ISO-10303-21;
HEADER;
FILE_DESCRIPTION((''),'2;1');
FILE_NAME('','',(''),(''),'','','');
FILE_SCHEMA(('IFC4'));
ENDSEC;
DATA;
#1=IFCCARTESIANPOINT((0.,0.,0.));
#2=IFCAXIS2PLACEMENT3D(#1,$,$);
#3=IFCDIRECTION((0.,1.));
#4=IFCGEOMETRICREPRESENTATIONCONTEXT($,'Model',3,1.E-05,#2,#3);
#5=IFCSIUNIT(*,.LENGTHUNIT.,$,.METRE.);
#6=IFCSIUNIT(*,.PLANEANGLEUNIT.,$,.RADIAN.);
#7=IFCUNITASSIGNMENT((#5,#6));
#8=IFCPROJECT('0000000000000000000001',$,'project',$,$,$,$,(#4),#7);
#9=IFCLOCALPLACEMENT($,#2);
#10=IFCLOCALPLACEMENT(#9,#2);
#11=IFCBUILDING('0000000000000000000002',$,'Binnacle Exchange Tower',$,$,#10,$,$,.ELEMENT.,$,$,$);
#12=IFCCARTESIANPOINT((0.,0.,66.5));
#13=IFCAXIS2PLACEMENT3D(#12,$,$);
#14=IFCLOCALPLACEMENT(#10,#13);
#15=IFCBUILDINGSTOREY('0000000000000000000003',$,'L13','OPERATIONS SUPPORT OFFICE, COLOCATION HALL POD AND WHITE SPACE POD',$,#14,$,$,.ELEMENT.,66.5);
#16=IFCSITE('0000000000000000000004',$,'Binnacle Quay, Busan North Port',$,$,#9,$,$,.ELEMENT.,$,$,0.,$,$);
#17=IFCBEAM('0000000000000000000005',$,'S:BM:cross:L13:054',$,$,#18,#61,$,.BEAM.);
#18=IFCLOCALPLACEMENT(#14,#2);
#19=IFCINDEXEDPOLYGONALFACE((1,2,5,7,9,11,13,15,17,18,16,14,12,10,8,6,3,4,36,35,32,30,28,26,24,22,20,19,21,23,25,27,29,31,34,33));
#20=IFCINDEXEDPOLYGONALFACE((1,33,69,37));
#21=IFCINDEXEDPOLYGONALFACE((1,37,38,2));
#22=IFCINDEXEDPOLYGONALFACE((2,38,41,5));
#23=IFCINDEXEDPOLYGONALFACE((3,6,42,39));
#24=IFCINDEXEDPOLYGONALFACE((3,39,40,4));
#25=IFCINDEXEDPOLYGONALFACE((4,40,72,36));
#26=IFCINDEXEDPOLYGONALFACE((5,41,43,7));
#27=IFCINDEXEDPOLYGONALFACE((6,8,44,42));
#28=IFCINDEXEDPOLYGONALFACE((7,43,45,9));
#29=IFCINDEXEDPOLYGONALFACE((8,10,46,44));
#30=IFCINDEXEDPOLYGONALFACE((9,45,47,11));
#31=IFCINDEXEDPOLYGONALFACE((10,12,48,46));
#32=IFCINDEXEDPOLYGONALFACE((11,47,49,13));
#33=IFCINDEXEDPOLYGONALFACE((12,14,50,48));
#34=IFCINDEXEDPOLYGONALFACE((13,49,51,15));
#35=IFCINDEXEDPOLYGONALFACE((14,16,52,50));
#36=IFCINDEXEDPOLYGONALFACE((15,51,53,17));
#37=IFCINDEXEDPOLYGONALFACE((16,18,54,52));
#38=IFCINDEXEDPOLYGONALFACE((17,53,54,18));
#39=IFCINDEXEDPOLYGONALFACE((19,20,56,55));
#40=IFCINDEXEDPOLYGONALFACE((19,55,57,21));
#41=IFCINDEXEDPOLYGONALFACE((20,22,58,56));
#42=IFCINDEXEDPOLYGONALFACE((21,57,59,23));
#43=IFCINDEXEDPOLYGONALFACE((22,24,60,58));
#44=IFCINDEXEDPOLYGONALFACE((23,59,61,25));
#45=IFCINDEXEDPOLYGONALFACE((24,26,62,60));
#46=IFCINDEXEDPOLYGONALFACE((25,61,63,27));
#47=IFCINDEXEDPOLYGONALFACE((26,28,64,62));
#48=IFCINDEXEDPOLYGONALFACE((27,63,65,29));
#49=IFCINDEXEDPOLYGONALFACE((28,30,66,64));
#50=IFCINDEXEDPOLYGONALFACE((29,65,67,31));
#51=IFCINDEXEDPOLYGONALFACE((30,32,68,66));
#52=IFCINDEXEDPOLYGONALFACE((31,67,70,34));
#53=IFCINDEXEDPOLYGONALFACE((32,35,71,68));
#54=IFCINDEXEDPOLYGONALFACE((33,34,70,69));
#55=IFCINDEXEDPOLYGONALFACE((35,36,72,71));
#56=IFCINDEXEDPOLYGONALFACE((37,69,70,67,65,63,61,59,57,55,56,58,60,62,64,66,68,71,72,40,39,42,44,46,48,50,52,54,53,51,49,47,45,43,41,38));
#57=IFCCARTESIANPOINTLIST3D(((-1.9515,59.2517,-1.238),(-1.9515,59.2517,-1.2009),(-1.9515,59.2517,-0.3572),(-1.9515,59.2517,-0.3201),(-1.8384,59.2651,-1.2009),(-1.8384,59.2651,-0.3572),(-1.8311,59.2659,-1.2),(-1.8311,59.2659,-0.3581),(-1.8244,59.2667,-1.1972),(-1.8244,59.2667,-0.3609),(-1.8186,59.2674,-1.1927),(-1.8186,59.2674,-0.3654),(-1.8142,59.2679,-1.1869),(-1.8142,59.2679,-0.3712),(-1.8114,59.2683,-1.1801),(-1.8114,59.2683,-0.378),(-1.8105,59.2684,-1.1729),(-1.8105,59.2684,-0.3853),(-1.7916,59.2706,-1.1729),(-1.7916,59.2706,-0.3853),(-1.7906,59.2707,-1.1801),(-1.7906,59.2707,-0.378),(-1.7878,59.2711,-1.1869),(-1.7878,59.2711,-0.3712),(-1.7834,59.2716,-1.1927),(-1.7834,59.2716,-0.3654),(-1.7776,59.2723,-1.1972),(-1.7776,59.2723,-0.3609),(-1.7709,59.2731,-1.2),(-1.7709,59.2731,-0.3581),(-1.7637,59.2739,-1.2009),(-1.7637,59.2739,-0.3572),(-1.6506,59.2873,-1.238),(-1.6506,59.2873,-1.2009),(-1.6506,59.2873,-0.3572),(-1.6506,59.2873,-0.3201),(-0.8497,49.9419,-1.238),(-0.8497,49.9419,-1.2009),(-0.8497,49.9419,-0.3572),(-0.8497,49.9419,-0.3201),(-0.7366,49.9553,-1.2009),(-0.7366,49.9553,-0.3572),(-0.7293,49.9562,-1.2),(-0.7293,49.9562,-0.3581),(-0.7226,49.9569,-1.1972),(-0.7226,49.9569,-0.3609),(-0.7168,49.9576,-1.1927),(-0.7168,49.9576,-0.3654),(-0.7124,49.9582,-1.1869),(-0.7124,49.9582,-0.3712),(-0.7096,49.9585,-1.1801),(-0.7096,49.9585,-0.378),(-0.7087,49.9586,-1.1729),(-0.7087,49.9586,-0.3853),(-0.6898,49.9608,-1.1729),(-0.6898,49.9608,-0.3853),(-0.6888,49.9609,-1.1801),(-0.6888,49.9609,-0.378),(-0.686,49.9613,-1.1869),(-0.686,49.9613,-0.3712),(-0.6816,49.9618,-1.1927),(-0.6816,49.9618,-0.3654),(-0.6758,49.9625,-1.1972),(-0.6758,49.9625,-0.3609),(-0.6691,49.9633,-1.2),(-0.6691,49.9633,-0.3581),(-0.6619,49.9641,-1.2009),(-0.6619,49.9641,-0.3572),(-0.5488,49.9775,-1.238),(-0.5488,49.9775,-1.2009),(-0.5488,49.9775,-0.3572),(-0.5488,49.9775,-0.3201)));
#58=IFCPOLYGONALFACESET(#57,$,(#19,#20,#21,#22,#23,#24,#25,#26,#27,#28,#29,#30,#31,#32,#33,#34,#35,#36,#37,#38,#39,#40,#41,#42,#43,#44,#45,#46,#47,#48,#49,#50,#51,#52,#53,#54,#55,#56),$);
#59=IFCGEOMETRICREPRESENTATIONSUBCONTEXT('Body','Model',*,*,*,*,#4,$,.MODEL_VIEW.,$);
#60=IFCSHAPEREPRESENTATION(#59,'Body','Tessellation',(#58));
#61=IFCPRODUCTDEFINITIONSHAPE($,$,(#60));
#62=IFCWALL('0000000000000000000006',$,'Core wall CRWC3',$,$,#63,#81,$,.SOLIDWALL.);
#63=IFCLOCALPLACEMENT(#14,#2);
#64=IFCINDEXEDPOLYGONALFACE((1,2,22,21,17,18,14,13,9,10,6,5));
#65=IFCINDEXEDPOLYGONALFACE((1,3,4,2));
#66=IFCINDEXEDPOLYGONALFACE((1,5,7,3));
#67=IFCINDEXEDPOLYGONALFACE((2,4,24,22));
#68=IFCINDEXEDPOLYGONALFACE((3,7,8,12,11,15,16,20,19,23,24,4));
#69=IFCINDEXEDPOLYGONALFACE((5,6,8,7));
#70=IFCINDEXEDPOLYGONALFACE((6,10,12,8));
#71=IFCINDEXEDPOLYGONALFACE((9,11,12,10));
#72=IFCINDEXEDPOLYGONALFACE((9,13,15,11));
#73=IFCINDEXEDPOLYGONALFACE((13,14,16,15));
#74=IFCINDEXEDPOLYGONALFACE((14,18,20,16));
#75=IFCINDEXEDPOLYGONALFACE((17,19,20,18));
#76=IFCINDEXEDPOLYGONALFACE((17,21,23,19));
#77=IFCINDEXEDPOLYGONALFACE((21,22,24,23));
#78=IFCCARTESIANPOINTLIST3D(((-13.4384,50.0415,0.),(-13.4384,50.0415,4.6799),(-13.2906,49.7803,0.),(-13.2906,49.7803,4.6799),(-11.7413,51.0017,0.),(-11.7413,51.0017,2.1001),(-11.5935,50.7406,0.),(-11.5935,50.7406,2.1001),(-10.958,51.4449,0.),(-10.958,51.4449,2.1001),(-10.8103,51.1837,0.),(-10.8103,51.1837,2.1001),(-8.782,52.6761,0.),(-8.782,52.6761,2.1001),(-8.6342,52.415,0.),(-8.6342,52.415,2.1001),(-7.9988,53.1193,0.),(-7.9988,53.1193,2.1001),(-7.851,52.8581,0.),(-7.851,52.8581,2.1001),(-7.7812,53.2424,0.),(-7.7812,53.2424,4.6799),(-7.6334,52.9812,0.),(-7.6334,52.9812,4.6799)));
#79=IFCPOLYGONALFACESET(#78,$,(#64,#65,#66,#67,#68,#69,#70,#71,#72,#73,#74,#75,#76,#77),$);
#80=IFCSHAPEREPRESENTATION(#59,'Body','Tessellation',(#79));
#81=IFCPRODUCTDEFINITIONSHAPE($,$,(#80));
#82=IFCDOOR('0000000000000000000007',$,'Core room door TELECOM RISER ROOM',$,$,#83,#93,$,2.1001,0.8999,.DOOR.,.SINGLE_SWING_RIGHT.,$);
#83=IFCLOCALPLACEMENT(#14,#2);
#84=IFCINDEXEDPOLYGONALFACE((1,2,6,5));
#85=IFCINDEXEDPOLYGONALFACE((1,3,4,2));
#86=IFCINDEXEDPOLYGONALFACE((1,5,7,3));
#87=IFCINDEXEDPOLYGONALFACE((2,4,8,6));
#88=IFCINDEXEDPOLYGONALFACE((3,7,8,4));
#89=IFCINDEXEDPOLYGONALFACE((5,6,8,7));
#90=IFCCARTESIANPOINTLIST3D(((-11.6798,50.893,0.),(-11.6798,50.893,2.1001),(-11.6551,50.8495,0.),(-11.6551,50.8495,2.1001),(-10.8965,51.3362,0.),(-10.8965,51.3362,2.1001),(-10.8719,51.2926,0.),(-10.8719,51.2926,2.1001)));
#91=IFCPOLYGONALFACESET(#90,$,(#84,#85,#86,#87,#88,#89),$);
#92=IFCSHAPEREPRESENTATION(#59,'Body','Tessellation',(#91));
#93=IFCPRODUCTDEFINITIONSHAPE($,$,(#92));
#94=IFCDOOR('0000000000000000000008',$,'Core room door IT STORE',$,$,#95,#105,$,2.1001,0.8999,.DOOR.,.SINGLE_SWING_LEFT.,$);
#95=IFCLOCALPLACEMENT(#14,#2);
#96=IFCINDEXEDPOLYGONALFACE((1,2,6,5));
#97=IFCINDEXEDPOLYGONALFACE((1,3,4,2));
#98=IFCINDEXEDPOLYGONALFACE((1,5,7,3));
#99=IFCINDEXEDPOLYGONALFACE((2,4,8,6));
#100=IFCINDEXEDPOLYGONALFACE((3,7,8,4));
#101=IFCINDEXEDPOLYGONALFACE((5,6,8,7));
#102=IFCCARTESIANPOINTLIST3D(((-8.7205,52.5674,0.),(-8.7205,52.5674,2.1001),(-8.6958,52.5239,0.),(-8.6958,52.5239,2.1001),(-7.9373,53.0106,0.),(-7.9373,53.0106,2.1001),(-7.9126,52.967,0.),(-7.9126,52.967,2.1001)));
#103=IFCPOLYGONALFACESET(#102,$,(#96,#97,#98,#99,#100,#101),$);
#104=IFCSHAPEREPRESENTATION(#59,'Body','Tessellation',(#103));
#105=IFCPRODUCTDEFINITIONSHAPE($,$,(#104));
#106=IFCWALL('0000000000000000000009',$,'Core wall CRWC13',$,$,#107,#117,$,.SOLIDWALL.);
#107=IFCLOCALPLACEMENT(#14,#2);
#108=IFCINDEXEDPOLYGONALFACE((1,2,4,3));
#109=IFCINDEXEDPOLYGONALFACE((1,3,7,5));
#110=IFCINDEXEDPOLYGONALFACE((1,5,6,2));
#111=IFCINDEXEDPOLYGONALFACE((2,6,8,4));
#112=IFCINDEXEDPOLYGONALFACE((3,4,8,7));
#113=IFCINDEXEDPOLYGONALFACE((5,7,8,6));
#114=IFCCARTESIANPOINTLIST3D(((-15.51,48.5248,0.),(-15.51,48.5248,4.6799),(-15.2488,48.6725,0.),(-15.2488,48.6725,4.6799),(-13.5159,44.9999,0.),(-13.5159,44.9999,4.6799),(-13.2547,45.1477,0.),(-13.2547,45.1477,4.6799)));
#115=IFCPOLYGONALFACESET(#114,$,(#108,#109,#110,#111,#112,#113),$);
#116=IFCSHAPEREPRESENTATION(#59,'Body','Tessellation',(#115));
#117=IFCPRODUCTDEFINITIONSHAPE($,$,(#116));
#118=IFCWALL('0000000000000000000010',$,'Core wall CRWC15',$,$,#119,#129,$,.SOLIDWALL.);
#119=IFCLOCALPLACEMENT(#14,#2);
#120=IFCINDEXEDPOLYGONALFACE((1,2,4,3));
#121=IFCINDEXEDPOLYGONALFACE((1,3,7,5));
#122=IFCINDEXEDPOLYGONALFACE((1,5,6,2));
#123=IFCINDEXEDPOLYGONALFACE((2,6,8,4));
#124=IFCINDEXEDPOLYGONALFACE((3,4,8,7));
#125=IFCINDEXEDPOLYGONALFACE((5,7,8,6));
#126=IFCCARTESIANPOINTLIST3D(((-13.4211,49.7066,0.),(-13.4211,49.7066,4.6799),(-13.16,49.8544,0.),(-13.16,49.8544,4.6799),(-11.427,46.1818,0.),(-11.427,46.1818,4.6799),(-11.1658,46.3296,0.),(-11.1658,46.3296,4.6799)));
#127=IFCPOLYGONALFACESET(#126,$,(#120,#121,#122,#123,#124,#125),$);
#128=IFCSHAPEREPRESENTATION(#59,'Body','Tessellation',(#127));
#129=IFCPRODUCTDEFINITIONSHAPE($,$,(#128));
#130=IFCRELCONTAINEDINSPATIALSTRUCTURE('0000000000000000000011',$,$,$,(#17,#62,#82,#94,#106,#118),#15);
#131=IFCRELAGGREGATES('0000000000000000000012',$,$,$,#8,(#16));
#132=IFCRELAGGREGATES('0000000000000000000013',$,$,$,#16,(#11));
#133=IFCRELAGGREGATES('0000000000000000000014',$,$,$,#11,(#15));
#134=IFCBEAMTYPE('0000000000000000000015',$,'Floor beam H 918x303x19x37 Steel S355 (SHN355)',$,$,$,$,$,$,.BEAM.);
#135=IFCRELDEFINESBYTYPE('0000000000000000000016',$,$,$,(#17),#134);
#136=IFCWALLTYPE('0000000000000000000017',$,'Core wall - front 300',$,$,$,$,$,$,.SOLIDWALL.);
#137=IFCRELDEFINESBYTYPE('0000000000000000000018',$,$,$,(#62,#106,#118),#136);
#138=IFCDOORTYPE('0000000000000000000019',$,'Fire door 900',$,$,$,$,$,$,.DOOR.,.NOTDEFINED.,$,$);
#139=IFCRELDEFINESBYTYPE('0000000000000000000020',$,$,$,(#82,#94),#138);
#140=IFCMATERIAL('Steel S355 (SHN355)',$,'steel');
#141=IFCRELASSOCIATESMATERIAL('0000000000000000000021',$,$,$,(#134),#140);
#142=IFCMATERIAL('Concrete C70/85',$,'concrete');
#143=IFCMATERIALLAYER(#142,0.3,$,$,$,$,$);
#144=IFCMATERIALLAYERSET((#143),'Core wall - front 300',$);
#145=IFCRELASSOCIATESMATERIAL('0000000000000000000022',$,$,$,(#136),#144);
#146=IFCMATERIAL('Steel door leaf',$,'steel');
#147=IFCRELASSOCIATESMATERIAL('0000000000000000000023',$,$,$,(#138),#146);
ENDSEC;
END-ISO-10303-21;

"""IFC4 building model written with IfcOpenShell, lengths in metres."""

from ifc_helpers import new_model, si_unit, direction, frame, frame_2d, origin, origin_2d, place, context, subcontext, project, spatial, rectangle, i_section, extrude, material, layer, layer_set, material_profile, profile_set, type_object, element, fill, save


model = new_model("IFC4")

# Units and contexts
model_context = context("Model", 3, precision=1e-05, world=origin(), true_north=direction((0.0, 1.0)))
body_context = subcontext(model_context, "Body", "Model", "MODEL_VIEW")
ifc_project = project(units=[si_unit("LENGTHUNIT", "METRE"), si_unit("PLANEANGLEUNIT", "RADIAN")], contexts=[model_context])

# Site, building, storey
site_placement = place(None, origin())
site = spatial("IfcSite", under=ifc_project, at=site_placement, Name="Binnacle Quay, Busan North Port", CompositionType="ELEMENT", RefElevation=0.0)
building_placement = place(site_placement, origin())
building = spatial("IfcBuilding", under=site, at=building_placement, Name="Binnacle Exchange Tower", CompositionType="ELEMENT")
storey_placement = place(building_placement, frame((0.0, 0.0, 66.5)))
storey = spatial("IfcBuildingStorey", under=building, at=storey_placement, Name="L13", Description="OPERATIONS SUPPORT OFFICE, COLOCATION HALL POD AND WHITE SPACE POD", CompositionType="ELEMENT", Elevation=66.5)

# Shared definitions
ifc_material_1 = material(Name="Concrete C70/85", Category="concrete")

# Beam
ifc_material_2 = material(Name="Steel S355 (SHN355)", Category="steel")
ifc_material_profile_1 = material_profile(ifc_material_2, i_section(OverallWidth=0.303, OverallDepth=0.918, WebThickness=0.019, FlangeThickness=0.0371, FilletRadius=0.0281, at=origin_2d()), Name="H 918x303x19x37")
ifc_profile_set_1 = profile_set([ifc_material_profile_1], Name="Steel S355 (SHN355)")
beam_type_1 = type_object("IfcBeamType", Name="Floor beam H 918x303x19x37 Steel S355 (SHN355)", PredefinedType="BEAM", material=ifc_profile_set_1)
beam_1_placement = place(storey_placement, frame((-0.6992, 49.9597, -0.7791), z_axis=(-0.117529, 0.993069, 0.0), x_axis=(-0.993069, -0.117529, 0.0)))
element("IfcBeam", 1, at=beam_1_placement, inside=storey, type_object=beam_type_1, Name="S:BM:cross:L13:054", PredefinedType="BEAM", context=body_context, shape_type="SweptSolid", body=[
    extrude(i_section(OverallWidth=0.303, OverallDepth=0.918, WebThickness=0.019, FlangeThickness=0.0371, FilletRadius=0.0281, at=origin_2d()), origin(), (0.0, 0.0, 1.0), 9.3748),
])

# Wall, openings, doors
ifc_layer_1 = layer(ifc_material_1, 0.3)
ifc_layer_set_1 = layer_set([ifc_layer_1], Name="Core wall - front 300")
wall_type_1 = type_object("IfcWallType", Name="Core wall - front 300", PredefinedType="SOLIDWALL", material=ifc_layer_set_1)
wall_1_placement = place(storey_placement, frame((-13.3645, 49.9109, 0.0), z_axis=(0.0, 0.0, 1.0), x_axis=(0.870341, 0.49245, 0.0)))
wall_1 = element("IfcWall", 2, at=wall_1_placement, inside=storey, type_object=wall_type_1, Name="Core wall CRWC3", PredefinedType="SOLIDWALL", context=body_context, shape_type="SweptSolid", body=[
    extrude(rectangle(XDim=6.5, YDim=0.3, at=frame_2d((3.25, 0.0))), origin(), (0.0, 0.0, 1.0), 4.6799),
])
opening_1_placement = place(wall_1_placement, frame((1.95, 0.0, 0.0)))
opening_1 = element("IfcOpeningElement", 3, at=opening_1_placement, cuts=wall_1, PredefinedType="OPENING", context=body_context, shape_type="SweptSolid", body=[
    extrude(rectangle(XDim=0.8999, YDim=2.1001, at=frame_2d((0.45, 1.05))), frame((0.0, 0.1599, 0.0), z_axis=(0.0, -1.0, 0.0), x_axis=(1.0, 0.0, 0.0)), (0.0, 0.0, 1.0), 0.3201),
])
opening_2_placement = place(wall_1_placement, frame((5.3501, 0.0, 0.0)))
opening_2 = element("IfcOpeningElement", 4, at=opening_2_placement, cuts=wall_1, PredefinedType="OPENING", context=body_context, shape_type="SweptSolid", body=[
    extrude(rectangle(XDim=0.8999, YDim=2.1001, at=frame_2d((0.45, 1.05))), frame((0.0, 0.1599, 0.0), z_axis=(0.0, -1.0, 0.0), x_axis=(1.0, 0.0, 0.0)), (0.0, 0.0, 1.0), 0.3201),
])
ifc_material_3 = material(Name="Steel door leaf", Category="steel")
door_type = type_object("IfcDoorType", Name="Fire door 900", OperationType="NOTDEFINED", PredefinedType="DOOR", material=ifc_material_3)
door_1_placement = place(opening_1_placement, frame((0.8999, 0.0, 0.0), z_axis=(0.0, 0.0, 1.0), x_axis=(-1.0, 0.0, 0.0)))
door_1 = element("IfcDoor", 5, at=door_1_placement, inside=storey, type_object=door_type, Name="Core room door TELECOM RISER ROOM", OperationType="SINGLE_SWING_RIGHT", OverallHeight=2.1001, OverallWidth=0.8999, PredefinedType="DOOR", context=body_context, shape_type="SweptSolid", body=[
    extrude(rectangle(XDim=0.8999, YDim=2.1001, at=frame_2d((0.45, 1.05))), frame((0.0, 0.0249, 0.0), z_axis=(0.0, -1.0, 0.0), x_axis=(1.0, 0.0, 0.0)), (0.0, 0.0, 1.0), 0.05),
])
fill(opening_1, door_1)
door_2_placement = place(opening_2_placement, frame((0.8999, 0.0, 0.0), z_axis=(0.0, 0.0, 1.0), x_axis=(-1.0, 0.0, 0.0)))
door_2 = element("IfcDoor", 6, at=door_2_placement, inside=storey, type_object=door_type, Name="Core room door IT STORE", OperationType="SINGLE_SWING_LEFT", OverallHeight=2.1001, OverallWidth=0.8999, PredefinedType="DOOR", context=body_context, shape_type="SweptSolid", body=[
    extrude(rectangle(XDim=0.8999, YDim=2.1001, at=frame_2d((0.45, 1.05))), frame((0.0, 0.0249, 0.0), z_axis=(0.0, -1.0, 0.0), x_axis=(1.0, 0.0, 0.0)), (0.0, 0.0, 1.0), 0.05),
])
fill(opening_2, door_2)

# Walls
for number, where, z_axis, x_axis, name in (
    (7, (-15.3794, 48.5986, 0.0), (0.0, 0.0, 1.0), (0.492395, -0.870372, 0.0), "Core wall CRWC13"),
    (8, (-13.2905, 49.7805, 0.0), (0.0, 0.0, 1.0), (0.492395, -0.870372, 0.0), "Core wall CRWC15"),
):
    element("IfcWall", number, at=place(storey_placement, frame(where, z_axis=z_axis, x_axis=x_axis)), inside=storey, type_object=wall_type_1, Name=name, PredefinedType="SOLIDWALL", context=body_context, shape_type="SweptSolid", body=[
        extrude(rectangle(XDim=4.0498, YDim=0.3, at=frame_2d((2.0249, 0.0))), origin(), (0.0, 0.0, 1.0), 4.6799),
    ])

save(model, "model.ifc")
